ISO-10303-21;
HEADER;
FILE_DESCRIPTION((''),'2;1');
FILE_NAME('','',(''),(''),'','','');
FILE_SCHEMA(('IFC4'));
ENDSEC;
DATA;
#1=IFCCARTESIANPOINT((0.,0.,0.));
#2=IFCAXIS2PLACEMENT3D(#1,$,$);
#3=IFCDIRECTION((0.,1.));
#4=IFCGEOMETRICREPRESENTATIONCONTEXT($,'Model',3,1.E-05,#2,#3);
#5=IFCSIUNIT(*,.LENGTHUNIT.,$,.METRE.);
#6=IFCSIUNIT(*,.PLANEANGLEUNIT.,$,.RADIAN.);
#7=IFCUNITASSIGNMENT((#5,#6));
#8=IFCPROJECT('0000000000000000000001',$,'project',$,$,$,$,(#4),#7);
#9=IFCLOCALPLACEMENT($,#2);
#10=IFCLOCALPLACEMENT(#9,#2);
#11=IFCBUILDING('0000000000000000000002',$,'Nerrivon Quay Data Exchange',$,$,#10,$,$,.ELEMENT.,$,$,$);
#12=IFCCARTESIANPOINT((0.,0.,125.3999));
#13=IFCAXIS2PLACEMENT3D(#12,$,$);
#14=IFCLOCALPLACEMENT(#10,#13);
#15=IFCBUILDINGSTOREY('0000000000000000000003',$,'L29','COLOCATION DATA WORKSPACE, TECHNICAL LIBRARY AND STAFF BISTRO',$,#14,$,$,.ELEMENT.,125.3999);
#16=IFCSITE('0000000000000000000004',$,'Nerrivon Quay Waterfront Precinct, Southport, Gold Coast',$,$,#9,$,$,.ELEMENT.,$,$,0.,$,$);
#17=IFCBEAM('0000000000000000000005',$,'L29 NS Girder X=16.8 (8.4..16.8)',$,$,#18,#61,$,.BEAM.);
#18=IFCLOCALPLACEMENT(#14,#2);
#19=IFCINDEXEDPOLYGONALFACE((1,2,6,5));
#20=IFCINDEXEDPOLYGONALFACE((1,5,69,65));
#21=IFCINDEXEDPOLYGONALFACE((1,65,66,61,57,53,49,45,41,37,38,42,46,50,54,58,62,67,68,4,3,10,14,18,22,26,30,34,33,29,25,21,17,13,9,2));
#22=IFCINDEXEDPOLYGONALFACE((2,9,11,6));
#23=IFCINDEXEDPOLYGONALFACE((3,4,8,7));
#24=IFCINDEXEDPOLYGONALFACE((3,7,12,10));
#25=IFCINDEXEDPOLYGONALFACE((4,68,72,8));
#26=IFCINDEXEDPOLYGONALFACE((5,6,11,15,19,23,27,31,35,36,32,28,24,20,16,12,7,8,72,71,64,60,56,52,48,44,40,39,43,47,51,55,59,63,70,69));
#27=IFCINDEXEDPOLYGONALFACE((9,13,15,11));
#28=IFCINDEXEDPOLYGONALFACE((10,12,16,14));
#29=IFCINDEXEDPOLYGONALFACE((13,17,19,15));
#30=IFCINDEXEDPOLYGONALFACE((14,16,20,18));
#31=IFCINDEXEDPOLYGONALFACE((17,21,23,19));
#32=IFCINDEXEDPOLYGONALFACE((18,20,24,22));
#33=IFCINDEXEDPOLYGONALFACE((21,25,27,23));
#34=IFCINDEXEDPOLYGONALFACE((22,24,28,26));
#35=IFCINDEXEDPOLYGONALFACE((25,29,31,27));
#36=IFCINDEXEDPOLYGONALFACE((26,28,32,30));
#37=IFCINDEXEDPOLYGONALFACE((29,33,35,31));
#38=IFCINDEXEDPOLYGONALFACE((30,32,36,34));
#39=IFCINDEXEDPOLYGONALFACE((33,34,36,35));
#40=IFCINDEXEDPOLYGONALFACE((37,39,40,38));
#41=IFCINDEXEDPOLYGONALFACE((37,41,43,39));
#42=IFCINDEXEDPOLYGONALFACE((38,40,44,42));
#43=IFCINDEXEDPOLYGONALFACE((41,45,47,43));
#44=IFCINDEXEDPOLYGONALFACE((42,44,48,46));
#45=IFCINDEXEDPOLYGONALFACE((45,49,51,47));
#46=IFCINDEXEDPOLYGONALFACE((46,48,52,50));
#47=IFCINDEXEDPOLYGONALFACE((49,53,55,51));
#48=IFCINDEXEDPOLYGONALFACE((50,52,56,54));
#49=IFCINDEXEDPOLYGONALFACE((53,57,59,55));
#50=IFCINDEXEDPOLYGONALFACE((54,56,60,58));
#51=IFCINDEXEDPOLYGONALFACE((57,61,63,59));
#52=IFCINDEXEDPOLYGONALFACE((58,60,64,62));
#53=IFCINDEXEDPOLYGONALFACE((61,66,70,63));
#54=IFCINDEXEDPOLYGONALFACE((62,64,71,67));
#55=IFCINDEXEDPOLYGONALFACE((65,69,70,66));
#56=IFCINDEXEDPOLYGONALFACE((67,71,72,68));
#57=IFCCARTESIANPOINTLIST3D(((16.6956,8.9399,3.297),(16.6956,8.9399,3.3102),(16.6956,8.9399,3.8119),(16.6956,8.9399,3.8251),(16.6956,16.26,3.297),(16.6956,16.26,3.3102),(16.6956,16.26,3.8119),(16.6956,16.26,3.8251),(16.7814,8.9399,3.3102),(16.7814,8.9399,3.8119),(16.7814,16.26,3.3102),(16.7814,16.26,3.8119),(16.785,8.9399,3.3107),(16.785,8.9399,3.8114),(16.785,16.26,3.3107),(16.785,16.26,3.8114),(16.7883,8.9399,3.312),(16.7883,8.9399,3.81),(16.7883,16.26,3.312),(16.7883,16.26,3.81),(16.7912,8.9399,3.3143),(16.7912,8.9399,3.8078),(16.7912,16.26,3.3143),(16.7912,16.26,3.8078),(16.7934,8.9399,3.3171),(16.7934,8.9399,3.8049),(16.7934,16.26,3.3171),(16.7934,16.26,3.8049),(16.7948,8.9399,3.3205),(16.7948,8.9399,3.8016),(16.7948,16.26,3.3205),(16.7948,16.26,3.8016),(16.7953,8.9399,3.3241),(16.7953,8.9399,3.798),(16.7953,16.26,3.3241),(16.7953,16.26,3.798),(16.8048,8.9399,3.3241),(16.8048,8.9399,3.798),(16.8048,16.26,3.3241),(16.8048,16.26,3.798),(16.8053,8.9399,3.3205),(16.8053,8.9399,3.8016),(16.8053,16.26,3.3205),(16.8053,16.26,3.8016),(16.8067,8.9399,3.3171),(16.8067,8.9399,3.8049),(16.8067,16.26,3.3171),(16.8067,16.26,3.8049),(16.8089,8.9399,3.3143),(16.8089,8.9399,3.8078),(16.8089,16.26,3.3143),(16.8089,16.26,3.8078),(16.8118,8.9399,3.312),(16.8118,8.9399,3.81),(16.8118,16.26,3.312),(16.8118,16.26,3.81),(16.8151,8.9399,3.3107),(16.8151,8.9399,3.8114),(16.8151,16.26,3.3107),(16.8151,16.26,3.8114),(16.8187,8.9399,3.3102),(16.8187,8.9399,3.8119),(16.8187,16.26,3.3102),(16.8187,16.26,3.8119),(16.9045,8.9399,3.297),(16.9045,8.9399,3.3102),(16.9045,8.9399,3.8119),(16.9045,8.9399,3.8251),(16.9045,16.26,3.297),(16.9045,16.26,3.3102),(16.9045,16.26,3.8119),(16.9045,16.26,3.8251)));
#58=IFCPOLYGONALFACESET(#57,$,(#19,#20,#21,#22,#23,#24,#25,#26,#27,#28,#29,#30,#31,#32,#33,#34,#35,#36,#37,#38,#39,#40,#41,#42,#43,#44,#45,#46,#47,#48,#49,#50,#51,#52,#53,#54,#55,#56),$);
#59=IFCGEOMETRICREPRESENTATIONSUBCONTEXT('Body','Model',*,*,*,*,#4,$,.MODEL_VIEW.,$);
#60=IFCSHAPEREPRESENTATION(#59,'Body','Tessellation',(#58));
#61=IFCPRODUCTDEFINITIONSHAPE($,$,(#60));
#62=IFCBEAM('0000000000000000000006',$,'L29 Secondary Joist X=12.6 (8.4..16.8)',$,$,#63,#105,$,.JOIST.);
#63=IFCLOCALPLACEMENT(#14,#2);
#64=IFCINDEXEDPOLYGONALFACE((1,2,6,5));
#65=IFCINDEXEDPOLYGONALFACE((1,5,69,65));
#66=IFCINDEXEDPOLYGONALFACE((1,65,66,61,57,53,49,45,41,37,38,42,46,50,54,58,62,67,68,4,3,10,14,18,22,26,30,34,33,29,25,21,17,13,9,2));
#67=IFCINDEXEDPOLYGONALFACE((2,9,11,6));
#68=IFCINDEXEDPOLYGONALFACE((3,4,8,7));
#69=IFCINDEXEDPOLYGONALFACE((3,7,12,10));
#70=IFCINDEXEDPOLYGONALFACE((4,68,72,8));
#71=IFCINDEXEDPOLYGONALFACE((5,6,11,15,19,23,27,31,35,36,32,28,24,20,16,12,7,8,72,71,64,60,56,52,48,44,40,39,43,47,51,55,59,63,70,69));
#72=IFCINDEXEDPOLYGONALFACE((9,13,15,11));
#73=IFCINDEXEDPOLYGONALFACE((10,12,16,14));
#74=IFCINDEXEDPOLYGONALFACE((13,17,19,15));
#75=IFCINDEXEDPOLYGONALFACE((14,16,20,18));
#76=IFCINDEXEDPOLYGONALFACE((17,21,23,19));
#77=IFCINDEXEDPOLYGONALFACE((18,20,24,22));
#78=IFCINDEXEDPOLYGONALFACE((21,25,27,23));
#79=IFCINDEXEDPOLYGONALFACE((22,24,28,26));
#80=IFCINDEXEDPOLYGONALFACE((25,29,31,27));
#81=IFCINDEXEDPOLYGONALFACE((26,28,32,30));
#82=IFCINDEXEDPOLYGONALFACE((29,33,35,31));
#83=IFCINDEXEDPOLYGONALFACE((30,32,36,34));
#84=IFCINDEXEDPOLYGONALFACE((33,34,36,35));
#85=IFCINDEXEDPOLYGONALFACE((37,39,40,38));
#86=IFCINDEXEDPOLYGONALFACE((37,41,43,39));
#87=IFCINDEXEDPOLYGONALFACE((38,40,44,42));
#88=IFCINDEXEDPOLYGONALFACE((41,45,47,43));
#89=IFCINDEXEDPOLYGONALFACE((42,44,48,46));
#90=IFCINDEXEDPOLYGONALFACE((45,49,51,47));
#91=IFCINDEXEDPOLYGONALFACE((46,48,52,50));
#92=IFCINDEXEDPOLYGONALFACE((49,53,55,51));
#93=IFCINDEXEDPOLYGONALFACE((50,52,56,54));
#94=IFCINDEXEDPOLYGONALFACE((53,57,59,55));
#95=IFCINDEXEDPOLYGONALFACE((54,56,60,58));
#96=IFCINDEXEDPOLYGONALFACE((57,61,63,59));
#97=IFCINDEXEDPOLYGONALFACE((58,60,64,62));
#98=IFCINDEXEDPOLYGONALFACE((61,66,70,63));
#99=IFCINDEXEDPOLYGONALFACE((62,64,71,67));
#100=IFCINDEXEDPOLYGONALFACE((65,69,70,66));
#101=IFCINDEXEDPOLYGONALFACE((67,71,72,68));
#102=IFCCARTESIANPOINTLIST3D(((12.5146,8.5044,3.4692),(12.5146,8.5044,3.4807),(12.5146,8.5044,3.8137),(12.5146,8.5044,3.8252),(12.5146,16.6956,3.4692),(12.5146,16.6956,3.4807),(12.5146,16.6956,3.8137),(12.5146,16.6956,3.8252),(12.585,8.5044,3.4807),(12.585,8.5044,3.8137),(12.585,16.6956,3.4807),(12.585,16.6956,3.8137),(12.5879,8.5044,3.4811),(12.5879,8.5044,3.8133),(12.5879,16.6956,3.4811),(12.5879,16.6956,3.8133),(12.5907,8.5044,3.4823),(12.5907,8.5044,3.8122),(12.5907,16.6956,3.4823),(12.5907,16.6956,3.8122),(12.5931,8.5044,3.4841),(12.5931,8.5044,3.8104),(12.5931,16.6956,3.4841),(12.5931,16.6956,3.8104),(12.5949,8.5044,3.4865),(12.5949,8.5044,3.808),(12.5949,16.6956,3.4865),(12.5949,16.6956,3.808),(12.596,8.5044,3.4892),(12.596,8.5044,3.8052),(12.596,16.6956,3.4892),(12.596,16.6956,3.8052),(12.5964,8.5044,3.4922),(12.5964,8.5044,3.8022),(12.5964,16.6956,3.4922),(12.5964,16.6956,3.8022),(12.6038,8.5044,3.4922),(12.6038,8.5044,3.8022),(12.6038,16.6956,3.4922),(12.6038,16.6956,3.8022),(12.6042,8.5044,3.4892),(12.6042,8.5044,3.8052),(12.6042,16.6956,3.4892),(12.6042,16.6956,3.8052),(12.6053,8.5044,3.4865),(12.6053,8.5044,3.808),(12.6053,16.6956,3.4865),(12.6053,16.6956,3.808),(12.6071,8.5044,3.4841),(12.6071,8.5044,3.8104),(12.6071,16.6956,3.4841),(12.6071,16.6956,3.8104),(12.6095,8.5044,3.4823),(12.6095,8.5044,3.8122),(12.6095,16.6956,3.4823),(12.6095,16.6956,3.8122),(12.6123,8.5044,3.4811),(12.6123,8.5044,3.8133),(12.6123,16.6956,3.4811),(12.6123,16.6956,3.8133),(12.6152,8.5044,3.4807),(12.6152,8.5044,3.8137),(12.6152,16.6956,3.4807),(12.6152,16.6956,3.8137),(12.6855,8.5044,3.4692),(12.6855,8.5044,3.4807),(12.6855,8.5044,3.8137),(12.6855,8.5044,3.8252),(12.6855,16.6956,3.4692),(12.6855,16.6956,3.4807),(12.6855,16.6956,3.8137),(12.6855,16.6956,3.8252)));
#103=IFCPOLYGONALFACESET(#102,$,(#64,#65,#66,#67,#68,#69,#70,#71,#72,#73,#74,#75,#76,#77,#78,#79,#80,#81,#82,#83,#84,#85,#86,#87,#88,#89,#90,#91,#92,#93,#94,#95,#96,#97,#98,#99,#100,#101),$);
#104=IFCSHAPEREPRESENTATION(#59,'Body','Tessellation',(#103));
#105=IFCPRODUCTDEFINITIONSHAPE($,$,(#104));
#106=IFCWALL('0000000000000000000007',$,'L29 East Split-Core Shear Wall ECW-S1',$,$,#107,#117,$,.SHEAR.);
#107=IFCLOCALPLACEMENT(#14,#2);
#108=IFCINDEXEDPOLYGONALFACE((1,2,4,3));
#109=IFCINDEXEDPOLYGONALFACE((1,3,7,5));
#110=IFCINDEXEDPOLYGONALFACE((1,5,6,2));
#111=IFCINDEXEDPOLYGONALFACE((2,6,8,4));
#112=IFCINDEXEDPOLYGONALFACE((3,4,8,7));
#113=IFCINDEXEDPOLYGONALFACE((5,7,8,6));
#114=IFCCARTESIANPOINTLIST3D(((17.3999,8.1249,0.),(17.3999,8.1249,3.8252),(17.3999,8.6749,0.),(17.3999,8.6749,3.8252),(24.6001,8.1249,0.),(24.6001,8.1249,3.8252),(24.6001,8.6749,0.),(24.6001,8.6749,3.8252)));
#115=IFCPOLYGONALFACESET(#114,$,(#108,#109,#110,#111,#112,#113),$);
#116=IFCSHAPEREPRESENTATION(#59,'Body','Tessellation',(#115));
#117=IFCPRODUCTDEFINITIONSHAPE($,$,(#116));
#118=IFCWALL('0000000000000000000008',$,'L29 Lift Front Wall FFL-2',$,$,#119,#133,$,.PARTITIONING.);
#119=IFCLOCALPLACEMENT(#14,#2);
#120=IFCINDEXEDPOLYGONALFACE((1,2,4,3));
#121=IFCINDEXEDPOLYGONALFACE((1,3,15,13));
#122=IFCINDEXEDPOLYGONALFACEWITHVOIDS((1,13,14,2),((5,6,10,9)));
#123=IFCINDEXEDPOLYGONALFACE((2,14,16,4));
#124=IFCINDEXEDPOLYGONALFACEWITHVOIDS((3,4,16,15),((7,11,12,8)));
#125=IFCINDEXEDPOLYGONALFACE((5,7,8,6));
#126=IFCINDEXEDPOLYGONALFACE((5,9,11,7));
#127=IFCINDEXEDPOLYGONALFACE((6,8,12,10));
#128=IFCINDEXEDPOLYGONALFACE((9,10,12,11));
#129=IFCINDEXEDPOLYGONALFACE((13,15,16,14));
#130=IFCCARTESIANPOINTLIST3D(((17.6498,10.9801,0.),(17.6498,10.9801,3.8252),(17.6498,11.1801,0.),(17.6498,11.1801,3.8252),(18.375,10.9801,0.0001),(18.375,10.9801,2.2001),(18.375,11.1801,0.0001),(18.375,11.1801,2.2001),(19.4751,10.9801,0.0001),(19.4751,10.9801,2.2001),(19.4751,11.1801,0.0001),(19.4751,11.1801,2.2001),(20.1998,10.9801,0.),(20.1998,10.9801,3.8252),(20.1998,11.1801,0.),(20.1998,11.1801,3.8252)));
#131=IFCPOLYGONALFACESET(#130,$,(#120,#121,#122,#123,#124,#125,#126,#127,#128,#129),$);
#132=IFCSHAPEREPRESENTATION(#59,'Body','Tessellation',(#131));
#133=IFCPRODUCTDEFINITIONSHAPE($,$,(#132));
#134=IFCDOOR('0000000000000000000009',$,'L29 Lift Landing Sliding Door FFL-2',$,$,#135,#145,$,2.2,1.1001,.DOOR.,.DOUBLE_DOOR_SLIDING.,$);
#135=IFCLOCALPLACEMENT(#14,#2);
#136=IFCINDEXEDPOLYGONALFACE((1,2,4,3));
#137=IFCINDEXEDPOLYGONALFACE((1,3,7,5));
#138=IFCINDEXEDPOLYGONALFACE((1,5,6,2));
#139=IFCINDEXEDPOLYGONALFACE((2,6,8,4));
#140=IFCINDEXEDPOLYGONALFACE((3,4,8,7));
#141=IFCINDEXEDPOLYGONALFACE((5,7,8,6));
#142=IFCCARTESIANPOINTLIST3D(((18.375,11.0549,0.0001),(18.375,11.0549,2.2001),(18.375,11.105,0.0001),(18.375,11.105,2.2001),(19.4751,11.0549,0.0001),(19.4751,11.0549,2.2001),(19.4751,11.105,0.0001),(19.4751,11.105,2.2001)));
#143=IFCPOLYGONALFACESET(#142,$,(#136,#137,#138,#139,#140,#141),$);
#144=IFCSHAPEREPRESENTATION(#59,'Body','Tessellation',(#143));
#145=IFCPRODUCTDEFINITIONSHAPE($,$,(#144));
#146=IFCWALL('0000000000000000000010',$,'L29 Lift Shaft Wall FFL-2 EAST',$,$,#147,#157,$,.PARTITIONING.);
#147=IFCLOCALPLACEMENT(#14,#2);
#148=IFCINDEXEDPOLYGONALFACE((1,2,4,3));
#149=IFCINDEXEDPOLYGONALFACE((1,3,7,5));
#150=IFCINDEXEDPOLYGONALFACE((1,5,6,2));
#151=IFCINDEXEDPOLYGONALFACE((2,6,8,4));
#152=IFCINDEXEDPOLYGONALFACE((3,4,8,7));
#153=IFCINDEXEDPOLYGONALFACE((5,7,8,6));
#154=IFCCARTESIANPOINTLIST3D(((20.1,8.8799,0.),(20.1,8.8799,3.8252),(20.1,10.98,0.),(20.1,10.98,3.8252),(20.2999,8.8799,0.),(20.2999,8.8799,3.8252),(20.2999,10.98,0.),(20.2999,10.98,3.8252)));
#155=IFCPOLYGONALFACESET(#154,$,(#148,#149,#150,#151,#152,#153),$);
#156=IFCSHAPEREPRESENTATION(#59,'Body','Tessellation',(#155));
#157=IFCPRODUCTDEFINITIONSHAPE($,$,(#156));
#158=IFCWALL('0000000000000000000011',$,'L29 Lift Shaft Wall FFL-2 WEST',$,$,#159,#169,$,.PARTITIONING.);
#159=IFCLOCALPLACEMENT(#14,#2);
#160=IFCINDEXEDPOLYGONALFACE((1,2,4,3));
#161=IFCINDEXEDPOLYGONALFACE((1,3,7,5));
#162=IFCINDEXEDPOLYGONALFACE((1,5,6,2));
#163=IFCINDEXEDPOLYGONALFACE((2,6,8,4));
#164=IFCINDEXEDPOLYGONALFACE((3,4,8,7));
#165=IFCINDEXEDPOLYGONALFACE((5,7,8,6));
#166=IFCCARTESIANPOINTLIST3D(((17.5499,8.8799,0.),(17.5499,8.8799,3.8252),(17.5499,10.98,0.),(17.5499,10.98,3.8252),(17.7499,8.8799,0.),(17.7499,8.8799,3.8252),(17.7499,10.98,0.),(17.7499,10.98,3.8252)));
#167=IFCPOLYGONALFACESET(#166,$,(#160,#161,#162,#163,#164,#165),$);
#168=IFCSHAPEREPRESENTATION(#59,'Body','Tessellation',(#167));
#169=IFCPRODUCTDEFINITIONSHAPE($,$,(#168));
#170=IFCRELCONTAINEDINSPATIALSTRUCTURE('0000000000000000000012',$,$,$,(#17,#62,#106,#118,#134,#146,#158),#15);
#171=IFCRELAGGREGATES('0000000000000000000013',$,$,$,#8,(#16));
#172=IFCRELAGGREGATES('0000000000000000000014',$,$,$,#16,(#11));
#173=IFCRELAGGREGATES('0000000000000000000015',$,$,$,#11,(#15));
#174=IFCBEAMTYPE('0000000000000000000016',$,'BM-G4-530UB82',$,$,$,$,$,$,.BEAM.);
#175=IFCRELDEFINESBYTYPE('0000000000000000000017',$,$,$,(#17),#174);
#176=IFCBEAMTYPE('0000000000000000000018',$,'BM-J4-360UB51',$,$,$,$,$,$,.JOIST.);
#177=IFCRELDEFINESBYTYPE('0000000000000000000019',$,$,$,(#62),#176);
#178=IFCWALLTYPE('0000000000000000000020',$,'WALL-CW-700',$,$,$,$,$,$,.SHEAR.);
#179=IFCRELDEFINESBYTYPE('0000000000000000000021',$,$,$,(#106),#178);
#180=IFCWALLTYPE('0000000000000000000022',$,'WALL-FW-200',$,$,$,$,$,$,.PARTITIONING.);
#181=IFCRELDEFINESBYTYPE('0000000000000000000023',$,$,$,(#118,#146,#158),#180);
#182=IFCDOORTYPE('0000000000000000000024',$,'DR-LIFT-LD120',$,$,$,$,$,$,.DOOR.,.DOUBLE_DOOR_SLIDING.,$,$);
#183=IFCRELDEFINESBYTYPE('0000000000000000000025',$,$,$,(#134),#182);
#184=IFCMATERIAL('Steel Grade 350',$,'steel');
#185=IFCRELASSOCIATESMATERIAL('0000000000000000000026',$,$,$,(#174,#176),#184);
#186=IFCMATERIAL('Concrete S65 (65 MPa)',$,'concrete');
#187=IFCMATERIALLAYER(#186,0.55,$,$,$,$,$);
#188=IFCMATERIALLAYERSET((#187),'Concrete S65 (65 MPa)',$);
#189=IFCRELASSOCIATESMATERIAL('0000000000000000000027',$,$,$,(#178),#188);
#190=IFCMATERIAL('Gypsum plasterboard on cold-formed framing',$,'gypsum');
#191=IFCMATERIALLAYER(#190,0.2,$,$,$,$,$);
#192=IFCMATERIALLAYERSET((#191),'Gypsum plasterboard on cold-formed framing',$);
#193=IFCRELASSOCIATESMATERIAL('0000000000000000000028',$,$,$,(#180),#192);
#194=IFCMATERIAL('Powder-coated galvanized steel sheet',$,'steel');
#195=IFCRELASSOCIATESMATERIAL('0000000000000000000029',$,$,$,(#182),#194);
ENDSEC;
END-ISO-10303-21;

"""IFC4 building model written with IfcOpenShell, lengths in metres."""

from ifc_helpers import new_model, si_unit, direction, frame, frame_2d, origin, origin_2d, place, context, subcontext, project, spatial, rectangle, i_section, extrude, material, layer, layer_set, material_profile, profile_set, type_object, element, fill, save


model = new_model("IFC4")

# Units and contexts
model_context = context("Model", 3, precision=1e-05, world=origin(), true_north=direction((0.0, 1.0)))
body_context = subcontext(model_context, "Body", "Model", "MODEL_VIEW")
ifc_project = project(units=[si_unit("LENGTHUNIT", "METRE"), si_unit("PLANEANGLEUNIT", "RADIAN")], contexts=[model_context])

# Site, building, storey
site_placement = place(None, origin())
site = spatial("IfcSite", under=ifc_project, at=site_placement, Name="Nerrivon Quay Waterfront Precinct, Southport, Gold Coast", CompositionType="ELEMENT", RefElevation=0.0)
building_placement = place(site_placement, origin())
building = spatial("IfcBuilding", under=site, at=building_placement, Name="Nerrivon Quay Data Exchange", CompositionType="ELEMENT")
storey_placement = place(building_placement, frame((0.0, 0.0, 125.3999)))
storey = spatial("IfcBuildingStorey", under=building, at=storey_placement, Name="L29", Description="COLOCATION DATA WORKSPACE, TECHNICAL LIBRARY AND STAFF BISTRO", CompositionType="ELEMENT", Elevation=125.3999)

# Shared definitions
ifc_material_1 = material(Name="Concrete S65 (65 MPa)", Category="concrete")
ifc_material_2 = material(Name="Steel Grade 350", Category="steel")

# Beams
ifc_material_profile_1 = material_profile(ifc_material_2, i_section(OverallWidth=0.209, OverallDepth=0.5281, WebThickness=0.0095, FlangeThickness=0.0132, FilletRadius=0.0139, at=origin_2d()), Name="530UB82.0")
ifc_profile_set_1 = profile_set([ifc_material_profile_1], Name="Steel Grade 350")
beam_type_1 = type_object("IfcBeamType", Name="BM-G4-530UB82", PredefinedType="BEAM", material=ifc_profile_set_1)
beam_1_placement = place(storey_placement, frame((16.8, 8.9399, 3.561), z_axis=(0.0, 1.0, 0.0), x_axis=(-1.0, 0.0, 0.0)))
element("IfcBeam", 1, at=beam_1_placement, inside=storey, type_object=beam_type_1, Name="L29 NS Girder X=16.8 (8.4..16.8)", PredefinedType="BEAM", context=body_context, shape_type="SweptSolid", body=[
    extrude(i_section(OverallWidth=0.209, OverallDepth=0.5281, WebThickness=0.0095, FlangeThickness=0.0132, FilletRadius=0.0139, at=origin_2d()), origin(), (0.0, 0.0, 1.0), 7.3201),
])
ifc_material_profile_2 = material_profile(ifc_material_2, i_section(OverallWidth=0.1709, OverallDepth=0.356, WebThickness=0.0073, FlangeThickness=0.0115, FilletRadius=0.0115, at=origin_2d()), Name="360UB50.7")
ifc_profile_set_2 = profile_set([ifc_material_profile_2], Name="Steel Grade 350")
beam_type_2 = type_object("IfcBeamType", Name="BM-J4-360UB51", PredefinedType="JOIST", material=ifc_profile_set_2)
beam_2_placement = place(storey_placement, frame((12.6001, 8.5044, 3.6472), z_axis=(0.0, 1.0, 0.0), x_axis=(-1.0, 0.0, 0.0)))
element("IfcBeam", 2, at=beam_2_placement, inside=storey, type_object=beam_type_2, Name="L29 Secondary Joist X=12.6 (8.4..16.8)", PredefinedType="JOIST", context=body_context, shape_type="SweptSolid", body=[
    extrude(i_section(OverallWidth=0.1709, OverallDepth=0.356, WebThickness=0.0073, FlangeThickness=0.0115, FilletRadius=0.0115, at=origin_2d()), origin(), (0.0, 0.0, 1.0), 8.1912),
])

# Wall
ifc_layer_1 = layer(ifc_material_1, 0.55)
ifc_layer_set_1 = layer_set([ifc_layer_1], Name="Concrete S65 (65 MPa)")
wall_type_1 = type_object("IfcWallType", Name="WALL-CW-700", PredefinedType="SHEAR", material=ifc_layer_set_1)
wall_1_placement = place(storey_placement, frame((17.3999, 8.3999, 0.0), z_axis=(0.0, 0.0, 1.0), x_axis=(1.0, 0.0, 0.0)))
element("IfcWall", 3, at=wall_1_placement, inside=storey, type_object=wall_type_1, Name="L29 East Split-Core Shear Wall ECW-S1", PredefinedType="SHEAR", context=body_context, shape_type="SweptSolid", body=[
    extrude(rectangle(XDim=7.2002, YDim=0.55, at=frame_2d((3.6001, 0.0))), origin(), (0.0, 0.0, 1.0), 3.8252),
])

# Wall, opening, door
ifc_material_3 = material(Name="Powder-coated galvanized steel sheet", Category="steel")
ifc_material_4 = material(Name="Gypsum plasterboard on cold-formed framing", Category="gypsum")
ifc_layer_2 = layer(ifc_material_4, 0.2)
ifc_layer_set_2 = layer_set([ifc_layer_2], Name="Gypsum plasterboard on cold-formed framing")
wall_type_2 = type_object("IfcWallType", Name="WALL-FW-200", PredefinedType="PARTITIONING", material=ifc_layer_set_2)
wall_2_placement = place(storey_placement, frame((17.6499, 11.0801, 0.0), z_axis=(0.0, 0.0, 1.0), x_axis=(1.0, 0.0, 0.0)))
wall_2 = element("IfcWall", 4, at=wall_2_placement, inside=storey, type_object=wall_type_2, Name="L29 Lift Front Wall FFL-2", PredefinedType="PARTITIONING", context=body_context, shape_type="SweptSolid", body=[
    extrude(rectangle(XDim=2.55, YDim=0.2, at=frame_2d((1.2749, 0.0))), origin(), (0.0, 0.0, 1.0), 3.8252),
])
opening_1_placement = place(wall_2_placement, frame((0.7251, 0.0, 0.0)))
opening_1 = element("IfcOpeningElement", 5, at=opening_1_placement, cuts=wall_2, PredefinedType="OPENING", context=body_context, shape_type="SweptSolid", body=[
    extrude(rectangle(XDim=1.1001, YDim=2.2, at=frame_2d((0.55, 1.1001))), frame((0.0, 0.1099, 0.0), z_axis=(0.0, -1.0, 0.0), x_axis=(1.0, 0.0, 0.0)), (0.0, 0.0, 1.0), 0.22),
])
door_type_1 = type_object("IfcDoorType", Name="DR-LIFT-LD120", OperationType="DOUBLE_DOOR_SLIDING", PredefinedType="DOOR", material=ifc_material_3)
door_1_placement = place(opening_1_placement, origin())
door_1 = element("IfcDoor", 6, at=door_1_placement, inside=storey, type_object=door_type_1, Name="L29 Lift Landing Sliding Door FFL-2", OperationType="DOUBLE_DOOR_SLIDING", OverallHeight=2.2, OverallWidth=1.1001, PredefinedType="DOOR", context=body_context, shape_type="SweptSolid", body=[
    extrude(rectangle(XDim=1.1001, YDim=2.2, at=frame_2d((0.55, 1.1001))), frame((0.0, 0.0249, 0.0), z_axis=(0.0, -1.0, 0.0), x_axis=(1.0, 0.0, 0.0)), (0.0, 0.0, 1.0), 0.05),
])
fill(opening_1, door_1)

# Walls
for number, where, z_axis, x_axis, name in (
    (7, (20.2, 8.8799, 0.0), (0.0, 0.0, 1.0), (0.0, 1.0, 0.0), "L29 Lift Shaft Wall FFL-2 EAST"),
    (8, (17.6499, 8.8799, 0.0), (0.0, 0.0, 1.0), (0.0, 1.0, 0.0), "L29 Lift Shaft Wall FFL-2 WEST"),
):
    element("IfcWall", number, at=place(storey_placement, frame(where, z_axis=z_axis, x_axis=x_axis)), inside=storey, type_object=wall_type_2, Name=name, PredefinedType="PARTITIONING", context=body_context, shape_type="SweptSolid", body=[
        extrude(rectangle(XDim=2.1001, YDim=0.2, at=frame_2d((1.05, 0.0))), origin(), (0.0, 0.0, 1.0), 3.8252),
    ])

save(model, "model.ifc")
